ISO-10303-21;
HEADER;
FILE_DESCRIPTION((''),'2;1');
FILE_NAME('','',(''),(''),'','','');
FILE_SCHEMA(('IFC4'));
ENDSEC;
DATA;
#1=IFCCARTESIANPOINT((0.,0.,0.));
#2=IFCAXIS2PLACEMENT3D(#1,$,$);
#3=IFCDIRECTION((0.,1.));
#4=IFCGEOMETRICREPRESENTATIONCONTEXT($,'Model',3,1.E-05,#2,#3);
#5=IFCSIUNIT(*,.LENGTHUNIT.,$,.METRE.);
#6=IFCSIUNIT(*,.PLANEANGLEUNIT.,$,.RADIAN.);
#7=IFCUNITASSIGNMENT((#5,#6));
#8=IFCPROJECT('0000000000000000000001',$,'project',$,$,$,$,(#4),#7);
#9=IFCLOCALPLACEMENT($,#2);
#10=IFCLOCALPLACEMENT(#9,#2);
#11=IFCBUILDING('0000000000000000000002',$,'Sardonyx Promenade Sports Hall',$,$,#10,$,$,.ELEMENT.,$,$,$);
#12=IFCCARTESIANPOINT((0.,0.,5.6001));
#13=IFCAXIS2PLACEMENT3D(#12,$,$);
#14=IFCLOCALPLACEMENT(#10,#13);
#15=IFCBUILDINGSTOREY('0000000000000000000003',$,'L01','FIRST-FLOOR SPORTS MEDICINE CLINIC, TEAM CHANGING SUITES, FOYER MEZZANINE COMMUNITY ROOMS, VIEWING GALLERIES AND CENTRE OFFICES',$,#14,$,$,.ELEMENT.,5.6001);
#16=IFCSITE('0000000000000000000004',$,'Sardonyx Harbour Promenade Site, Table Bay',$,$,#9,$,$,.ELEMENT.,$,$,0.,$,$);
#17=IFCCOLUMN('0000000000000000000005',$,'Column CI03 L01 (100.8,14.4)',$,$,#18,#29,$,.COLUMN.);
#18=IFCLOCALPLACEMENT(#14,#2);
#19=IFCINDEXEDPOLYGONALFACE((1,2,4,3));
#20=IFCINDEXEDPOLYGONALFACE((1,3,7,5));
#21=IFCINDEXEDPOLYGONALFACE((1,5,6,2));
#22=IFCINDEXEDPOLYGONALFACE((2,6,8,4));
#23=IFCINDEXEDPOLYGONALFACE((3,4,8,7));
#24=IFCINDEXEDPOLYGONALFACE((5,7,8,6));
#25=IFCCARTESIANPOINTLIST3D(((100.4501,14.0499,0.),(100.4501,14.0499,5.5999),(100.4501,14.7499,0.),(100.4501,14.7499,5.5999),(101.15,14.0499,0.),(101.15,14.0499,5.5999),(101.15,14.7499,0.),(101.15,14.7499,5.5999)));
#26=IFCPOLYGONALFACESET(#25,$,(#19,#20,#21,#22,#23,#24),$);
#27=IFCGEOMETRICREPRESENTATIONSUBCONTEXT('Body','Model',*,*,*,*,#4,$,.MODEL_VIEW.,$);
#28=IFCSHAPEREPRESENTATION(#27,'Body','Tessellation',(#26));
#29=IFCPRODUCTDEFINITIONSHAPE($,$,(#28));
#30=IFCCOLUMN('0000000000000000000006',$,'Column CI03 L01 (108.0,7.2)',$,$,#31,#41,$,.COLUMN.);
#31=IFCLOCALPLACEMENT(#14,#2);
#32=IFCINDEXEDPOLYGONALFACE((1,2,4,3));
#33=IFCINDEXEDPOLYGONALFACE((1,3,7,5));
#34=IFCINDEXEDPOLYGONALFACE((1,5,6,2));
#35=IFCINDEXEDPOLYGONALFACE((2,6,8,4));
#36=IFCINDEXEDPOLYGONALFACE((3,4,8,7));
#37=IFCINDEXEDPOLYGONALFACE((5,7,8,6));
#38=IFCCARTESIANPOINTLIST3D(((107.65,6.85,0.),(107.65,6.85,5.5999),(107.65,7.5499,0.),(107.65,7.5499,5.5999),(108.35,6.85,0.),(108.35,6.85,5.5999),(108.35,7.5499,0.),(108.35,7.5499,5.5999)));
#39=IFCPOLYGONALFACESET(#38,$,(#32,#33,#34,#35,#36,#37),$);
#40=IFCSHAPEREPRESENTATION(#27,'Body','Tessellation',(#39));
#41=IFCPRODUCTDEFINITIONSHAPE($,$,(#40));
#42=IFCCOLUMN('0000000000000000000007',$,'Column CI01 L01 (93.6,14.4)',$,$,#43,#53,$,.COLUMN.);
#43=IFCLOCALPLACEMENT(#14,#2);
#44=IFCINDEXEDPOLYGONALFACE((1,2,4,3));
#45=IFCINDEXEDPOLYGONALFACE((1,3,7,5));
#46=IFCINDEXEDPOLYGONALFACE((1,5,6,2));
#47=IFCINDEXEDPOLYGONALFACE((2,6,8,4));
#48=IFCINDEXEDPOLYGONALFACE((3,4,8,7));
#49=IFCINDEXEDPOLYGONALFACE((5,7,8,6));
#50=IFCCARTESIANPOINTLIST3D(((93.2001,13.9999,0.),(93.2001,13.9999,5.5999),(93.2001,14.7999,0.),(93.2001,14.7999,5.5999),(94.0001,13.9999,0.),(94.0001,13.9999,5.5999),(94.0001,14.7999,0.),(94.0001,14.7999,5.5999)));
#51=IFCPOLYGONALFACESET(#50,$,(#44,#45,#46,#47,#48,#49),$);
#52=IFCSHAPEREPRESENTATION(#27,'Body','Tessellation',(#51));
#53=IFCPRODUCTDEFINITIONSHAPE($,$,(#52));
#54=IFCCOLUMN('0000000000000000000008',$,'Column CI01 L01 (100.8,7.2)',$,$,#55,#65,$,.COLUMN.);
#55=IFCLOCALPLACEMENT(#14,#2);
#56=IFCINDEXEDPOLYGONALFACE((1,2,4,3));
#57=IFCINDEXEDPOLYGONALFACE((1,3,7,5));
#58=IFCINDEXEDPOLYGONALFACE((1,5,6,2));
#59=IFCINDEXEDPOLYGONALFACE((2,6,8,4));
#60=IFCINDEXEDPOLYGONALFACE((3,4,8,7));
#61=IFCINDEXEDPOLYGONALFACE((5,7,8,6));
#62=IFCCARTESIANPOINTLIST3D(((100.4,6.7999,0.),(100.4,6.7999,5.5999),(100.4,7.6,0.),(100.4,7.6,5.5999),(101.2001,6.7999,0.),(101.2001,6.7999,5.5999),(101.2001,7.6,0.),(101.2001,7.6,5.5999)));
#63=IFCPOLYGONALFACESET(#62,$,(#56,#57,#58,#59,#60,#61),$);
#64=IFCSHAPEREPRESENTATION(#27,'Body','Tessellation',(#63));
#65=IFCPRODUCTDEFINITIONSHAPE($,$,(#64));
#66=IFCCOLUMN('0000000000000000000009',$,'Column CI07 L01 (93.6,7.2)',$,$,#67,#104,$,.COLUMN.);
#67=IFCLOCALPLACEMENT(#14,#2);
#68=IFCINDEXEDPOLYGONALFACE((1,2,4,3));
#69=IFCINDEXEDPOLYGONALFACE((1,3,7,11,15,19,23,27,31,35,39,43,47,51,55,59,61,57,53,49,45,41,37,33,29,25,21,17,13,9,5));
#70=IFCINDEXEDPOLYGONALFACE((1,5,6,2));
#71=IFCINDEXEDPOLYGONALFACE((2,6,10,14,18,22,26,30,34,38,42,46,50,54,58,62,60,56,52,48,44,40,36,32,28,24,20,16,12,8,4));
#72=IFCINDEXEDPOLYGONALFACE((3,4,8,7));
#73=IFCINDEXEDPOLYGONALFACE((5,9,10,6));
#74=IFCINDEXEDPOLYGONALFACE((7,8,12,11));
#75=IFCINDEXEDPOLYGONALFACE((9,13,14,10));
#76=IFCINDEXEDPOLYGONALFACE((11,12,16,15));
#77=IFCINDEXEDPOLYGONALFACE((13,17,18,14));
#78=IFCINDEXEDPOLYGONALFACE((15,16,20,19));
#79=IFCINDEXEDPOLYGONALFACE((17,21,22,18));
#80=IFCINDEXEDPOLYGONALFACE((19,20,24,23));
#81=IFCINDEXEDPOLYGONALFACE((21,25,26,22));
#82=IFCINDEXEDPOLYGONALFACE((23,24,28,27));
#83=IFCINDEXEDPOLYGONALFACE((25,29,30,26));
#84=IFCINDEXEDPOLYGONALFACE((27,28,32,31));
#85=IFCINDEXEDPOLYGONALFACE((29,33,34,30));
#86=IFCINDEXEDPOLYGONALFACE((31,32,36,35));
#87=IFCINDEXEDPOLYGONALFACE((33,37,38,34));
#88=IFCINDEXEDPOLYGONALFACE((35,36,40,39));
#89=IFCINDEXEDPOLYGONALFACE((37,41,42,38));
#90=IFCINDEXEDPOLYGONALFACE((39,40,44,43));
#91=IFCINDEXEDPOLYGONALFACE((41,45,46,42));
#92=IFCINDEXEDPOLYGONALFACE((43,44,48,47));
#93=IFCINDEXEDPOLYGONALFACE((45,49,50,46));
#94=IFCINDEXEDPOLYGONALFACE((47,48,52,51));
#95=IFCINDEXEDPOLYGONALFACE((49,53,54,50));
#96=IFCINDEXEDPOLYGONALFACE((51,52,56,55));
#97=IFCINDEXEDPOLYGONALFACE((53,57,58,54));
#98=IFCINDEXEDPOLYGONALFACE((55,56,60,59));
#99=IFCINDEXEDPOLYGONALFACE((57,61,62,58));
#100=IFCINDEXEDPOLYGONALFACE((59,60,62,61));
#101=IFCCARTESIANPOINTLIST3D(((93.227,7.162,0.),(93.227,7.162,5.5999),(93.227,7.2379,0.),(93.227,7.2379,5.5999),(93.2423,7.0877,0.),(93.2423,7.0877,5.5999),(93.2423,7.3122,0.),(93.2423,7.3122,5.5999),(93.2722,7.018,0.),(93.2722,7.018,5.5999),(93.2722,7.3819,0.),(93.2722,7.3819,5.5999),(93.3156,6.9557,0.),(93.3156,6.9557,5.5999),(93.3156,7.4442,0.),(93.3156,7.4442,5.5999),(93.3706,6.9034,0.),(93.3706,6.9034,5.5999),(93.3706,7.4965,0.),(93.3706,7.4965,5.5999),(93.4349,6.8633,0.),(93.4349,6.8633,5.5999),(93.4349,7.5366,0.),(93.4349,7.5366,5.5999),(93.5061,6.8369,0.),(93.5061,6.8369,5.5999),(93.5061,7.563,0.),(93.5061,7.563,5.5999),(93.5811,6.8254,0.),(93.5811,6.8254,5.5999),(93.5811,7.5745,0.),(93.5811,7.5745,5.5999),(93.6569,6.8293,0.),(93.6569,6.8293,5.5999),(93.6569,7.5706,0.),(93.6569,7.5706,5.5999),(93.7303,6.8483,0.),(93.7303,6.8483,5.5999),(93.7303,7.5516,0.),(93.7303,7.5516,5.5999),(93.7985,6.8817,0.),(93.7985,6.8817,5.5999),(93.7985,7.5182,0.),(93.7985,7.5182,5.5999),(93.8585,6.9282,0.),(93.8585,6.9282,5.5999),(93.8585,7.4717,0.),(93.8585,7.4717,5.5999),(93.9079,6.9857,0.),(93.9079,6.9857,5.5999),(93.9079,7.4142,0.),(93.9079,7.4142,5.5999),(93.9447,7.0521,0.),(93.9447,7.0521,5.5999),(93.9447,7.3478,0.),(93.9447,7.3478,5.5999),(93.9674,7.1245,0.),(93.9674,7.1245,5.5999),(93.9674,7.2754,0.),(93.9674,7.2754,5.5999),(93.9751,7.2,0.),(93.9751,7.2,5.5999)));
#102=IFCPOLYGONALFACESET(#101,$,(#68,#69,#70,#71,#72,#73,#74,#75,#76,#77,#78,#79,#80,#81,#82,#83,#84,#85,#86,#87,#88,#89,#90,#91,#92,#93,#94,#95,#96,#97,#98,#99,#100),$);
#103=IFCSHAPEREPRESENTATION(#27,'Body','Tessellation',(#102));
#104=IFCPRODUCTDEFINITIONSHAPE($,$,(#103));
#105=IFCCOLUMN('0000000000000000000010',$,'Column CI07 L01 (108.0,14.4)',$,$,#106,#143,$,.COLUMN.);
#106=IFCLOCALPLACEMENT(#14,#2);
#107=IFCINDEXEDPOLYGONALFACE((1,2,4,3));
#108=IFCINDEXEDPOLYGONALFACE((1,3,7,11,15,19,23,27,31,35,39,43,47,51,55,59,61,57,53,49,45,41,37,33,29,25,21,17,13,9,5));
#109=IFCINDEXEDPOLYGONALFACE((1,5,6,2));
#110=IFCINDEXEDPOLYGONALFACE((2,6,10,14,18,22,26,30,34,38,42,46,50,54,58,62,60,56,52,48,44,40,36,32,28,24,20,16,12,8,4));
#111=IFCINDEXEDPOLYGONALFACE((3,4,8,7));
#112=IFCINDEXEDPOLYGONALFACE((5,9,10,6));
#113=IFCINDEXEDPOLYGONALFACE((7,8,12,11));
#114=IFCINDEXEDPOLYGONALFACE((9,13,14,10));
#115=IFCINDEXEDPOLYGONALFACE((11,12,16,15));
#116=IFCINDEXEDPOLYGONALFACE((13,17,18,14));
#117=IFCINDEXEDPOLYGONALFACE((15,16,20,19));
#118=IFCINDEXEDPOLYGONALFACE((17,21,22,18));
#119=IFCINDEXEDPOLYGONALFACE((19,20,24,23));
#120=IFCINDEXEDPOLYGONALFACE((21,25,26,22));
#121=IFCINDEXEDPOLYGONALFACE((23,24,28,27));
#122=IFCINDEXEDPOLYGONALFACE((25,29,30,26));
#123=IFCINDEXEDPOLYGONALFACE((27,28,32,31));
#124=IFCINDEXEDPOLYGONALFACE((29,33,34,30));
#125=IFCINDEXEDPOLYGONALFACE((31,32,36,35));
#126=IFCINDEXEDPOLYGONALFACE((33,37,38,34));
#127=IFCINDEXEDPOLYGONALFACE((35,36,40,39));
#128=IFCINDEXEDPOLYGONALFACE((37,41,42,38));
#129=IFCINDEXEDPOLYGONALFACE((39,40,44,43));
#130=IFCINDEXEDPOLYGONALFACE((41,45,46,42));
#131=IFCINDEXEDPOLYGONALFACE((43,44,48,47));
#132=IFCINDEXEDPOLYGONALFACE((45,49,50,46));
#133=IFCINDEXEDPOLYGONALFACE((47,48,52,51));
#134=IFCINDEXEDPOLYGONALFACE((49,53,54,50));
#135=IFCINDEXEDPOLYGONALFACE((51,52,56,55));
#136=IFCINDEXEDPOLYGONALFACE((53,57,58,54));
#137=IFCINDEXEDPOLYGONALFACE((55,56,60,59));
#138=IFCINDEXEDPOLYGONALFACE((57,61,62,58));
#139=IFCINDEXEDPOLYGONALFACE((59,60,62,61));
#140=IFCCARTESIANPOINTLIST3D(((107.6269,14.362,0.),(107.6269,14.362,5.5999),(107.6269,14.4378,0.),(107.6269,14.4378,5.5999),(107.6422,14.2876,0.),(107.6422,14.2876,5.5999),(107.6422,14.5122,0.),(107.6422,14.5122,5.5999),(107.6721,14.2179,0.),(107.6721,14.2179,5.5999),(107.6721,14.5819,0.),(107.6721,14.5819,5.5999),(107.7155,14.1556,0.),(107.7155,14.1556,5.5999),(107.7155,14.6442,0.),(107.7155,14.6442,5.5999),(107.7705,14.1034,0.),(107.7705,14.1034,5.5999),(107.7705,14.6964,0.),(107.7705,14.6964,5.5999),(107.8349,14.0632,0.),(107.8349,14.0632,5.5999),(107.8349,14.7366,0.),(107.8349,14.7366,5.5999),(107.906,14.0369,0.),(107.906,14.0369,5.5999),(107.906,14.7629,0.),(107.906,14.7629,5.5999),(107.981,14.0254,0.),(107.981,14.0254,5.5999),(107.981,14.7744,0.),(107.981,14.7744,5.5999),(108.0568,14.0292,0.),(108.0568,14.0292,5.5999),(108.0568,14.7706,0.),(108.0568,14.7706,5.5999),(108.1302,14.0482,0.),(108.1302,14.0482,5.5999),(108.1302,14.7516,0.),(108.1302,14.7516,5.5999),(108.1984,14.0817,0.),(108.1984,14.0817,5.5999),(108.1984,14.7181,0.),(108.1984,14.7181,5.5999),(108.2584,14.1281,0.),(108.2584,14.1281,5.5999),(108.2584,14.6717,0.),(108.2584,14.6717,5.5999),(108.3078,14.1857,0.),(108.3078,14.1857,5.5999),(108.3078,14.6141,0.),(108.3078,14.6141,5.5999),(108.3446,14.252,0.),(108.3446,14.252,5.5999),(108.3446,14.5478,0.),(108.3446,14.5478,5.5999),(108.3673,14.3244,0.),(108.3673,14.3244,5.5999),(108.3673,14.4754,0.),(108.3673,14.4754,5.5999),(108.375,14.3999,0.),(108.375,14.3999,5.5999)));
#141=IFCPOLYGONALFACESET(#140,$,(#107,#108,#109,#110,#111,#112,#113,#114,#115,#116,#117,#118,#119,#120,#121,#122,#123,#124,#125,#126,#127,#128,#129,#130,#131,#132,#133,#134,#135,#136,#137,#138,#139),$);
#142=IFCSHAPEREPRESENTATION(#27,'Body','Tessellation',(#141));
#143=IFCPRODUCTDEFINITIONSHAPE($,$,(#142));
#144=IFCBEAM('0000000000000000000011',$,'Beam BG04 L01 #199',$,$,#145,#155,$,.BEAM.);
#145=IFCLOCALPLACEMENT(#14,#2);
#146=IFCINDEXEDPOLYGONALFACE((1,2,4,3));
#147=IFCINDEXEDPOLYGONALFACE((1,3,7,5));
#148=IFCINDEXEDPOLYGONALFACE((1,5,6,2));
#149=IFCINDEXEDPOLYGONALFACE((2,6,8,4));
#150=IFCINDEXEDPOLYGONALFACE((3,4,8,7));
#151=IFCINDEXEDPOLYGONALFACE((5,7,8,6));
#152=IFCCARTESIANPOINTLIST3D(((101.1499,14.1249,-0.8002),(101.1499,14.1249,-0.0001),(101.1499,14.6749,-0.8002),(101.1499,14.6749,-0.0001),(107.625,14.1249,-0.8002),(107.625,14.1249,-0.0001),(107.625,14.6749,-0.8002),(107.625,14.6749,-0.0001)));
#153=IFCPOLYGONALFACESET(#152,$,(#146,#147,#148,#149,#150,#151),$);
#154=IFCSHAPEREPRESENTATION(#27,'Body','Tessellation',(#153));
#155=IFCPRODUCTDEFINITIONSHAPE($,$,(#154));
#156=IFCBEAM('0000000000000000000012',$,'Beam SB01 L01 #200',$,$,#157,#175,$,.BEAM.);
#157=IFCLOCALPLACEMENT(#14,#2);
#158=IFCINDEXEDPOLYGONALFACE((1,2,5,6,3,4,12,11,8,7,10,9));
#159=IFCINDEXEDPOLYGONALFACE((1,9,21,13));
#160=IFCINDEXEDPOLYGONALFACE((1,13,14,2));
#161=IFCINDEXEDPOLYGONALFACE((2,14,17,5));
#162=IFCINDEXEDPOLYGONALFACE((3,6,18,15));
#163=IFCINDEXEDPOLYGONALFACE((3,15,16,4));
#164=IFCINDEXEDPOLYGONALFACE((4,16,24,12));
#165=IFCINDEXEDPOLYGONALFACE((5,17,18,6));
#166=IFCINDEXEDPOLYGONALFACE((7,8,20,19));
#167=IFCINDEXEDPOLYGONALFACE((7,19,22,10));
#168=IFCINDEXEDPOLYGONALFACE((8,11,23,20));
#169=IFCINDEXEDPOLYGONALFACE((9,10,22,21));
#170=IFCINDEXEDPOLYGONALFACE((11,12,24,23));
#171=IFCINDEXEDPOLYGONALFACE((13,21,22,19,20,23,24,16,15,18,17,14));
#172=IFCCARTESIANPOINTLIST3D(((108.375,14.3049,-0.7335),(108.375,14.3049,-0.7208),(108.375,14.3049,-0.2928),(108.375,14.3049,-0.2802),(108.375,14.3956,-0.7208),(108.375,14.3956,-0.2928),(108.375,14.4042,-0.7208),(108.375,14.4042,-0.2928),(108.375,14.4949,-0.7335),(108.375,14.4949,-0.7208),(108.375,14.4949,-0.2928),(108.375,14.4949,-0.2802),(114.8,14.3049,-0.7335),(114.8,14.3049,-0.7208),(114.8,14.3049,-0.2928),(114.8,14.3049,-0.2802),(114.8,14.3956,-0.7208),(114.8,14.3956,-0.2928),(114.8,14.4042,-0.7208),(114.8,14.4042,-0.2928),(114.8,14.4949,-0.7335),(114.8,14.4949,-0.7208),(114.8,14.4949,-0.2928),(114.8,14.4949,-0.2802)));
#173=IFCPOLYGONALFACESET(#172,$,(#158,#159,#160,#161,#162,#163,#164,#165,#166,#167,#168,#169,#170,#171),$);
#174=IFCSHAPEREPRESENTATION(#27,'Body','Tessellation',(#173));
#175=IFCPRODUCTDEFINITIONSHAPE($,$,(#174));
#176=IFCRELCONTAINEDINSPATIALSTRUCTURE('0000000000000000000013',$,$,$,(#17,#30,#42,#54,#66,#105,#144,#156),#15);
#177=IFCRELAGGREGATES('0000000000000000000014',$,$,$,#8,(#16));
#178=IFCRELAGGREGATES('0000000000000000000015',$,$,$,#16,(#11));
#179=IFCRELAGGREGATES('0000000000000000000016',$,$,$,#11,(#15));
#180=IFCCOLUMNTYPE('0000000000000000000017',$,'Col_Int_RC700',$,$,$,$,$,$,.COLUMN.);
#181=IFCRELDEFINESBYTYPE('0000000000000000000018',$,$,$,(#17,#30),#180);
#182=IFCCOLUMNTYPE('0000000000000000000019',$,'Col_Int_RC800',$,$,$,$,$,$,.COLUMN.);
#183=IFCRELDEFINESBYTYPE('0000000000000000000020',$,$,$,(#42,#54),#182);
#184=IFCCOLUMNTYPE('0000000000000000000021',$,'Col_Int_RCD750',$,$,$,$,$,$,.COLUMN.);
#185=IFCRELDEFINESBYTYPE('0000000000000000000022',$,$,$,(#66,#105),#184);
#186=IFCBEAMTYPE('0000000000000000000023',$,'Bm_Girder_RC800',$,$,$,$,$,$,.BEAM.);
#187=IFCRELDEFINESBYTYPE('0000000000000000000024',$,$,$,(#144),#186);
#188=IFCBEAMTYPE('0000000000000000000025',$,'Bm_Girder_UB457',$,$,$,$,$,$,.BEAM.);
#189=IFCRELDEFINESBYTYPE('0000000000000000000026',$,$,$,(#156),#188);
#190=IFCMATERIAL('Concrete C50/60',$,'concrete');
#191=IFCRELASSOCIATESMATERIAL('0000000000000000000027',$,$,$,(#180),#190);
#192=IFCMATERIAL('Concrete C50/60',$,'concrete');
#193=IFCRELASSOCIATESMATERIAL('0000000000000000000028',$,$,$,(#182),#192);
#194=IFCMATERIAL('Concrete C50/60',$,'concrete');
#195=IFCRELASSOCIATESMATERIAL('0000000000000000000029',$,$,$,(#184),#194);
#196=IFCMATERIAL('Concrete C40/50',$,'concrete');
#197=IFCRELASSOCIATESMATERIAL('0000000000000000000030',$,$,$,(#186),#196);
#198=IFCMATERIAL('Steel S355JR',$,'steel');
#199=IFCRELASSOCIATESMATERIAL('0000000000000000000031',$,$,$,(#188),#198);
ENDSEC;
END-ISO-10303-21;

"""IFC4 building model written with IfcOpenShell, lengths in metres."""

from ifc_helpers import new_model, si_unit, direction, frame, origin, origin_2d, place, context, subcontext, project, spatial, rectangle, circle, i_section, extrude, material, material_profile, profile_set, type_object, element, save


model = new_model("IFC4")

# Units and contexts
model_context = context("Model", 3, precision=1e-05, world=origin(), true_north=direction((0.0, 1.0)))
body_context = subcontext(model_context, "Body", "Model", "MODEL_VIEW")
ifc_project = project(units=[si_unit("LENGTHUNIT", "METRE"), si_unit("PLANEANGLEUNIT", "RADIAN")], contexts=[model_context])

# Site, building, storey
site_placement = place(None, origin())
site = spatial("IfcSite", under=ifc_project, at=site_placement, Name="Sardonyx Harbour Promenade Site, Table Bay", CompositionType="ELEMENT", RefElevation=0.0)
building_placement = place(site_placement, origin())
building = spatial("IfcBuilding", under=site, at=building_placement, Name="Sardonyx Promenade Sports Hall", CompositionType="ELEMENT")
storey_placement = place(building_placement, frame((0.0, 0.0, 5.6001)))
storey = spatial("IfcBuildingStorey", under=building, at=storey_placement, Name="L01", Description="FIRST-FLOOR SPORTS MEDICINE CLINIC, TEAM CHANGING SUITES, FOYER MEZZANINE COMMUNITY ROOMS, VIEWING GALLERIES AND CENTRE OFFICES", CompositionType="ELEMENT", Elevation=5.6001)

# Columns
ifc_material_1 = material(Name="Concrete C50/60", Category="concrete")
ifc_material_profile_1 = material_profile(ifc_material_1, rectangle(XDim=0.7, YDim=0.7, at=origin_2d()))
ifc_profile_set_1 = profile_set([ifc_material_profile_1], Name="Concrete C50/60")
column_type_1 = type_object("IfcColumnType", Name="Col_Int_RC700", PredefinedType="COLUMN", material=ifc_profile_set_1)
for number, where, z_axis, x_axis, name in (
    (1, (100.8, 14.3999, 0.0), (0.0, 0.0, 1.0), (1.0, 0.0, 0.0), "Column CI03 L01 (100.8,14.4)"),
    (2, (108.0, 7.2, 0.0), (0.0, 0.0, 1.0), (1.0, 0.0, 0.0), "Column CI03 L01 (108.0,7.2)"),
):
    element("IfcColumn", number, at=place(storey_placement, frame(where, z_axis=z_axis, x_axis=x_axis)), inside=storey, type_object=column_type_1, Name=name, PredefinedType="COLUMN", context=body_context, shape_type="SweptSolid", body=[
        extrude(rectangle(XDim=0.7, YDim=0.7, at=origin_2d()), origin(), (0.0, 0.0, 1.0), 5.5999),
    ])
ifc_material_2 = material(Name="Concrete C50/60", Category="concrete")
ifc_material_profile_2 = material_profile(ifc_material_2, rectangle(XDim=0.8, YDim=0.8, at=origin_2d()))
ifc_profile_set_2 = profile_set([ifc_material_profile_2], Name="Concrete C50/60")
column_type_2 = type_object("IfcColumnType", Name="Col_Int_RC800", PredefinedType="COLUMN", material=ifc_profile_set_2)
for number, where, z_axis, x_axis, name in (
    (3, (93.6001, 14.3999, 0.0), (0.0, 0.0, 1.0), (1.0, 0.0, 0.0), "Column CI01 L01 (93.6,14.4)"),
    (4, (100.8, 7.2, 0.0), (0.0, 0.0, 1.0), (1.0, 0.0, 0.0), "Column CI01 L01 (100.8,7.2)"),
):
    element("IfcColumn", number, at=place(storey_placement, frame(where, z_axis=z_axis, x_axis=x_axis)), inside=storey, type_object=column_type_2, Name=name, PredefinedType="COLUMN", context=body_context, shape_type="SweptSolid", body=[
        extrude(rectangle(XDim=0.8, YDim=0.8, at=origin_2d()), origin(), (0.0, 0.0, 1.0), 5.5999),
    ])
ifc_material_3 = material(Name="Concrete C50/60", Category="concrete")
ifc_material_profile_3 = material_profile(ifc_material_3, circle(Radius=0.375, at=origin_2d()))
ifc_profile_set_3 = profile_set([ifc_material_profile_3], Name="Concrete C50/60")
column_type_3 = type_object("IfcColumnType", Name="Col_Int_RCD750", PredefinedType="COLUMN", material=ifc_profile_set_3)
for number, where, z_axis, x_axis, name in (
    (5, (93.6001, 7.2, 0.0), (0.0, 0.0, 1.0), (1.0, 0.0, 0.0), "Column CI07 L01 (93.6,7.2)"),
    (6, (108.0, 14.3999, 0.0), (0.0, 0.0, 1.0), (1.0, 0.0, 0.0), "Column CI07 L01 (108.0,14.4)"),
):
    element("IfcColumn", number, at=place(storey_placement, frame(where, z_axis=z_axis, x_axis=x_axis)), inside=storey, type_object=column_type_3, Name=name, PredefinedType="COLUMN", context=body_context, shape_type="SweptSolid", body=[
        extrude(circle(Radius=0.375, at=origin_2d()), origin(), (0.0, 0.0, 1.0), 5.5999),
    ])

# Beams
ifc_material_4 = material(Name="Concrete C40/50", Category="concrete")
ifc_material_profile_4 = material_profile(ifc_material_4, rectangle(XDim=0.55, YDim=0.8, at=origin_2d()))
ifc_profile_set_4 = profile_set([ifc_material_profile_4], Name="Concrete C40/50")
beam_type_1 = type_object("IfcBeamType", Name="Bm_Girder_RC800", PredefinedType="BEAM", material=ifc_profile_set_4)
beam_1_placement = place(storey_placement, frame((101.1499, 14.3999, -0.4001), z_axis=(1.0, 0.0, 0.0), x_axis=(0.0, 1.0, 0.0)))
element("IfcBeam", 7, at=beam_1_placement, inside=storey, type_object=beam_type_1, Name="Beam BG04 L01 #199", PredefinedType="BEAM", context=body_context, shape_type="SweptSolid", body=[
    extrude(rectangle(XDim=0.55, YDim=0.8, at=origin_2d()), origin(), (0.0, 0.0, 1.0), 6.4751),
])
ifc_material_5 = material(Name="Steel S355JR", Category="steel")
ifc_material_profile_5 = material_profile(ifc_material_5, i_section(OverallWidth=0.1899, OverallDepth=0.4534, WebThickness=0.0085, FlangeThickness=0.0127, at=origin_2d()))
ifc_profile_set_5 = profile_set([ifc_material_profile_5], Name="Steel S355JR")
beam_type_2 = type_object("IfcBeamType", Name="Bm_Girder_UB457", PredefinedType="BEAM", material=ifc_profile_set_5)
beam_2_placement = place(storey_placement, frame((108.375, 14.3999, -0.5068), z_axis=(1.0, 0.0, 0.0), x_axis=(0.0, 1.0, 0.0)))
element("IfcBeam", 8, at=beam_2_placement, inside=storey, type_object=beam_type_2, Name="Beam SB01 L01 #200", PredefinedType="BEAM", context=body_context, shape_type="SweptSolid", body=[
    extrude(i_section(OverallWidth=0.1899, OverallDepth=0.4534, WebThickness=0.0085, FlangeThickness=0.0127, at=origin_2d()), origin(), (0.0, 0.0, 1.0), 6.425),
])

save(model, "model.ifc")
